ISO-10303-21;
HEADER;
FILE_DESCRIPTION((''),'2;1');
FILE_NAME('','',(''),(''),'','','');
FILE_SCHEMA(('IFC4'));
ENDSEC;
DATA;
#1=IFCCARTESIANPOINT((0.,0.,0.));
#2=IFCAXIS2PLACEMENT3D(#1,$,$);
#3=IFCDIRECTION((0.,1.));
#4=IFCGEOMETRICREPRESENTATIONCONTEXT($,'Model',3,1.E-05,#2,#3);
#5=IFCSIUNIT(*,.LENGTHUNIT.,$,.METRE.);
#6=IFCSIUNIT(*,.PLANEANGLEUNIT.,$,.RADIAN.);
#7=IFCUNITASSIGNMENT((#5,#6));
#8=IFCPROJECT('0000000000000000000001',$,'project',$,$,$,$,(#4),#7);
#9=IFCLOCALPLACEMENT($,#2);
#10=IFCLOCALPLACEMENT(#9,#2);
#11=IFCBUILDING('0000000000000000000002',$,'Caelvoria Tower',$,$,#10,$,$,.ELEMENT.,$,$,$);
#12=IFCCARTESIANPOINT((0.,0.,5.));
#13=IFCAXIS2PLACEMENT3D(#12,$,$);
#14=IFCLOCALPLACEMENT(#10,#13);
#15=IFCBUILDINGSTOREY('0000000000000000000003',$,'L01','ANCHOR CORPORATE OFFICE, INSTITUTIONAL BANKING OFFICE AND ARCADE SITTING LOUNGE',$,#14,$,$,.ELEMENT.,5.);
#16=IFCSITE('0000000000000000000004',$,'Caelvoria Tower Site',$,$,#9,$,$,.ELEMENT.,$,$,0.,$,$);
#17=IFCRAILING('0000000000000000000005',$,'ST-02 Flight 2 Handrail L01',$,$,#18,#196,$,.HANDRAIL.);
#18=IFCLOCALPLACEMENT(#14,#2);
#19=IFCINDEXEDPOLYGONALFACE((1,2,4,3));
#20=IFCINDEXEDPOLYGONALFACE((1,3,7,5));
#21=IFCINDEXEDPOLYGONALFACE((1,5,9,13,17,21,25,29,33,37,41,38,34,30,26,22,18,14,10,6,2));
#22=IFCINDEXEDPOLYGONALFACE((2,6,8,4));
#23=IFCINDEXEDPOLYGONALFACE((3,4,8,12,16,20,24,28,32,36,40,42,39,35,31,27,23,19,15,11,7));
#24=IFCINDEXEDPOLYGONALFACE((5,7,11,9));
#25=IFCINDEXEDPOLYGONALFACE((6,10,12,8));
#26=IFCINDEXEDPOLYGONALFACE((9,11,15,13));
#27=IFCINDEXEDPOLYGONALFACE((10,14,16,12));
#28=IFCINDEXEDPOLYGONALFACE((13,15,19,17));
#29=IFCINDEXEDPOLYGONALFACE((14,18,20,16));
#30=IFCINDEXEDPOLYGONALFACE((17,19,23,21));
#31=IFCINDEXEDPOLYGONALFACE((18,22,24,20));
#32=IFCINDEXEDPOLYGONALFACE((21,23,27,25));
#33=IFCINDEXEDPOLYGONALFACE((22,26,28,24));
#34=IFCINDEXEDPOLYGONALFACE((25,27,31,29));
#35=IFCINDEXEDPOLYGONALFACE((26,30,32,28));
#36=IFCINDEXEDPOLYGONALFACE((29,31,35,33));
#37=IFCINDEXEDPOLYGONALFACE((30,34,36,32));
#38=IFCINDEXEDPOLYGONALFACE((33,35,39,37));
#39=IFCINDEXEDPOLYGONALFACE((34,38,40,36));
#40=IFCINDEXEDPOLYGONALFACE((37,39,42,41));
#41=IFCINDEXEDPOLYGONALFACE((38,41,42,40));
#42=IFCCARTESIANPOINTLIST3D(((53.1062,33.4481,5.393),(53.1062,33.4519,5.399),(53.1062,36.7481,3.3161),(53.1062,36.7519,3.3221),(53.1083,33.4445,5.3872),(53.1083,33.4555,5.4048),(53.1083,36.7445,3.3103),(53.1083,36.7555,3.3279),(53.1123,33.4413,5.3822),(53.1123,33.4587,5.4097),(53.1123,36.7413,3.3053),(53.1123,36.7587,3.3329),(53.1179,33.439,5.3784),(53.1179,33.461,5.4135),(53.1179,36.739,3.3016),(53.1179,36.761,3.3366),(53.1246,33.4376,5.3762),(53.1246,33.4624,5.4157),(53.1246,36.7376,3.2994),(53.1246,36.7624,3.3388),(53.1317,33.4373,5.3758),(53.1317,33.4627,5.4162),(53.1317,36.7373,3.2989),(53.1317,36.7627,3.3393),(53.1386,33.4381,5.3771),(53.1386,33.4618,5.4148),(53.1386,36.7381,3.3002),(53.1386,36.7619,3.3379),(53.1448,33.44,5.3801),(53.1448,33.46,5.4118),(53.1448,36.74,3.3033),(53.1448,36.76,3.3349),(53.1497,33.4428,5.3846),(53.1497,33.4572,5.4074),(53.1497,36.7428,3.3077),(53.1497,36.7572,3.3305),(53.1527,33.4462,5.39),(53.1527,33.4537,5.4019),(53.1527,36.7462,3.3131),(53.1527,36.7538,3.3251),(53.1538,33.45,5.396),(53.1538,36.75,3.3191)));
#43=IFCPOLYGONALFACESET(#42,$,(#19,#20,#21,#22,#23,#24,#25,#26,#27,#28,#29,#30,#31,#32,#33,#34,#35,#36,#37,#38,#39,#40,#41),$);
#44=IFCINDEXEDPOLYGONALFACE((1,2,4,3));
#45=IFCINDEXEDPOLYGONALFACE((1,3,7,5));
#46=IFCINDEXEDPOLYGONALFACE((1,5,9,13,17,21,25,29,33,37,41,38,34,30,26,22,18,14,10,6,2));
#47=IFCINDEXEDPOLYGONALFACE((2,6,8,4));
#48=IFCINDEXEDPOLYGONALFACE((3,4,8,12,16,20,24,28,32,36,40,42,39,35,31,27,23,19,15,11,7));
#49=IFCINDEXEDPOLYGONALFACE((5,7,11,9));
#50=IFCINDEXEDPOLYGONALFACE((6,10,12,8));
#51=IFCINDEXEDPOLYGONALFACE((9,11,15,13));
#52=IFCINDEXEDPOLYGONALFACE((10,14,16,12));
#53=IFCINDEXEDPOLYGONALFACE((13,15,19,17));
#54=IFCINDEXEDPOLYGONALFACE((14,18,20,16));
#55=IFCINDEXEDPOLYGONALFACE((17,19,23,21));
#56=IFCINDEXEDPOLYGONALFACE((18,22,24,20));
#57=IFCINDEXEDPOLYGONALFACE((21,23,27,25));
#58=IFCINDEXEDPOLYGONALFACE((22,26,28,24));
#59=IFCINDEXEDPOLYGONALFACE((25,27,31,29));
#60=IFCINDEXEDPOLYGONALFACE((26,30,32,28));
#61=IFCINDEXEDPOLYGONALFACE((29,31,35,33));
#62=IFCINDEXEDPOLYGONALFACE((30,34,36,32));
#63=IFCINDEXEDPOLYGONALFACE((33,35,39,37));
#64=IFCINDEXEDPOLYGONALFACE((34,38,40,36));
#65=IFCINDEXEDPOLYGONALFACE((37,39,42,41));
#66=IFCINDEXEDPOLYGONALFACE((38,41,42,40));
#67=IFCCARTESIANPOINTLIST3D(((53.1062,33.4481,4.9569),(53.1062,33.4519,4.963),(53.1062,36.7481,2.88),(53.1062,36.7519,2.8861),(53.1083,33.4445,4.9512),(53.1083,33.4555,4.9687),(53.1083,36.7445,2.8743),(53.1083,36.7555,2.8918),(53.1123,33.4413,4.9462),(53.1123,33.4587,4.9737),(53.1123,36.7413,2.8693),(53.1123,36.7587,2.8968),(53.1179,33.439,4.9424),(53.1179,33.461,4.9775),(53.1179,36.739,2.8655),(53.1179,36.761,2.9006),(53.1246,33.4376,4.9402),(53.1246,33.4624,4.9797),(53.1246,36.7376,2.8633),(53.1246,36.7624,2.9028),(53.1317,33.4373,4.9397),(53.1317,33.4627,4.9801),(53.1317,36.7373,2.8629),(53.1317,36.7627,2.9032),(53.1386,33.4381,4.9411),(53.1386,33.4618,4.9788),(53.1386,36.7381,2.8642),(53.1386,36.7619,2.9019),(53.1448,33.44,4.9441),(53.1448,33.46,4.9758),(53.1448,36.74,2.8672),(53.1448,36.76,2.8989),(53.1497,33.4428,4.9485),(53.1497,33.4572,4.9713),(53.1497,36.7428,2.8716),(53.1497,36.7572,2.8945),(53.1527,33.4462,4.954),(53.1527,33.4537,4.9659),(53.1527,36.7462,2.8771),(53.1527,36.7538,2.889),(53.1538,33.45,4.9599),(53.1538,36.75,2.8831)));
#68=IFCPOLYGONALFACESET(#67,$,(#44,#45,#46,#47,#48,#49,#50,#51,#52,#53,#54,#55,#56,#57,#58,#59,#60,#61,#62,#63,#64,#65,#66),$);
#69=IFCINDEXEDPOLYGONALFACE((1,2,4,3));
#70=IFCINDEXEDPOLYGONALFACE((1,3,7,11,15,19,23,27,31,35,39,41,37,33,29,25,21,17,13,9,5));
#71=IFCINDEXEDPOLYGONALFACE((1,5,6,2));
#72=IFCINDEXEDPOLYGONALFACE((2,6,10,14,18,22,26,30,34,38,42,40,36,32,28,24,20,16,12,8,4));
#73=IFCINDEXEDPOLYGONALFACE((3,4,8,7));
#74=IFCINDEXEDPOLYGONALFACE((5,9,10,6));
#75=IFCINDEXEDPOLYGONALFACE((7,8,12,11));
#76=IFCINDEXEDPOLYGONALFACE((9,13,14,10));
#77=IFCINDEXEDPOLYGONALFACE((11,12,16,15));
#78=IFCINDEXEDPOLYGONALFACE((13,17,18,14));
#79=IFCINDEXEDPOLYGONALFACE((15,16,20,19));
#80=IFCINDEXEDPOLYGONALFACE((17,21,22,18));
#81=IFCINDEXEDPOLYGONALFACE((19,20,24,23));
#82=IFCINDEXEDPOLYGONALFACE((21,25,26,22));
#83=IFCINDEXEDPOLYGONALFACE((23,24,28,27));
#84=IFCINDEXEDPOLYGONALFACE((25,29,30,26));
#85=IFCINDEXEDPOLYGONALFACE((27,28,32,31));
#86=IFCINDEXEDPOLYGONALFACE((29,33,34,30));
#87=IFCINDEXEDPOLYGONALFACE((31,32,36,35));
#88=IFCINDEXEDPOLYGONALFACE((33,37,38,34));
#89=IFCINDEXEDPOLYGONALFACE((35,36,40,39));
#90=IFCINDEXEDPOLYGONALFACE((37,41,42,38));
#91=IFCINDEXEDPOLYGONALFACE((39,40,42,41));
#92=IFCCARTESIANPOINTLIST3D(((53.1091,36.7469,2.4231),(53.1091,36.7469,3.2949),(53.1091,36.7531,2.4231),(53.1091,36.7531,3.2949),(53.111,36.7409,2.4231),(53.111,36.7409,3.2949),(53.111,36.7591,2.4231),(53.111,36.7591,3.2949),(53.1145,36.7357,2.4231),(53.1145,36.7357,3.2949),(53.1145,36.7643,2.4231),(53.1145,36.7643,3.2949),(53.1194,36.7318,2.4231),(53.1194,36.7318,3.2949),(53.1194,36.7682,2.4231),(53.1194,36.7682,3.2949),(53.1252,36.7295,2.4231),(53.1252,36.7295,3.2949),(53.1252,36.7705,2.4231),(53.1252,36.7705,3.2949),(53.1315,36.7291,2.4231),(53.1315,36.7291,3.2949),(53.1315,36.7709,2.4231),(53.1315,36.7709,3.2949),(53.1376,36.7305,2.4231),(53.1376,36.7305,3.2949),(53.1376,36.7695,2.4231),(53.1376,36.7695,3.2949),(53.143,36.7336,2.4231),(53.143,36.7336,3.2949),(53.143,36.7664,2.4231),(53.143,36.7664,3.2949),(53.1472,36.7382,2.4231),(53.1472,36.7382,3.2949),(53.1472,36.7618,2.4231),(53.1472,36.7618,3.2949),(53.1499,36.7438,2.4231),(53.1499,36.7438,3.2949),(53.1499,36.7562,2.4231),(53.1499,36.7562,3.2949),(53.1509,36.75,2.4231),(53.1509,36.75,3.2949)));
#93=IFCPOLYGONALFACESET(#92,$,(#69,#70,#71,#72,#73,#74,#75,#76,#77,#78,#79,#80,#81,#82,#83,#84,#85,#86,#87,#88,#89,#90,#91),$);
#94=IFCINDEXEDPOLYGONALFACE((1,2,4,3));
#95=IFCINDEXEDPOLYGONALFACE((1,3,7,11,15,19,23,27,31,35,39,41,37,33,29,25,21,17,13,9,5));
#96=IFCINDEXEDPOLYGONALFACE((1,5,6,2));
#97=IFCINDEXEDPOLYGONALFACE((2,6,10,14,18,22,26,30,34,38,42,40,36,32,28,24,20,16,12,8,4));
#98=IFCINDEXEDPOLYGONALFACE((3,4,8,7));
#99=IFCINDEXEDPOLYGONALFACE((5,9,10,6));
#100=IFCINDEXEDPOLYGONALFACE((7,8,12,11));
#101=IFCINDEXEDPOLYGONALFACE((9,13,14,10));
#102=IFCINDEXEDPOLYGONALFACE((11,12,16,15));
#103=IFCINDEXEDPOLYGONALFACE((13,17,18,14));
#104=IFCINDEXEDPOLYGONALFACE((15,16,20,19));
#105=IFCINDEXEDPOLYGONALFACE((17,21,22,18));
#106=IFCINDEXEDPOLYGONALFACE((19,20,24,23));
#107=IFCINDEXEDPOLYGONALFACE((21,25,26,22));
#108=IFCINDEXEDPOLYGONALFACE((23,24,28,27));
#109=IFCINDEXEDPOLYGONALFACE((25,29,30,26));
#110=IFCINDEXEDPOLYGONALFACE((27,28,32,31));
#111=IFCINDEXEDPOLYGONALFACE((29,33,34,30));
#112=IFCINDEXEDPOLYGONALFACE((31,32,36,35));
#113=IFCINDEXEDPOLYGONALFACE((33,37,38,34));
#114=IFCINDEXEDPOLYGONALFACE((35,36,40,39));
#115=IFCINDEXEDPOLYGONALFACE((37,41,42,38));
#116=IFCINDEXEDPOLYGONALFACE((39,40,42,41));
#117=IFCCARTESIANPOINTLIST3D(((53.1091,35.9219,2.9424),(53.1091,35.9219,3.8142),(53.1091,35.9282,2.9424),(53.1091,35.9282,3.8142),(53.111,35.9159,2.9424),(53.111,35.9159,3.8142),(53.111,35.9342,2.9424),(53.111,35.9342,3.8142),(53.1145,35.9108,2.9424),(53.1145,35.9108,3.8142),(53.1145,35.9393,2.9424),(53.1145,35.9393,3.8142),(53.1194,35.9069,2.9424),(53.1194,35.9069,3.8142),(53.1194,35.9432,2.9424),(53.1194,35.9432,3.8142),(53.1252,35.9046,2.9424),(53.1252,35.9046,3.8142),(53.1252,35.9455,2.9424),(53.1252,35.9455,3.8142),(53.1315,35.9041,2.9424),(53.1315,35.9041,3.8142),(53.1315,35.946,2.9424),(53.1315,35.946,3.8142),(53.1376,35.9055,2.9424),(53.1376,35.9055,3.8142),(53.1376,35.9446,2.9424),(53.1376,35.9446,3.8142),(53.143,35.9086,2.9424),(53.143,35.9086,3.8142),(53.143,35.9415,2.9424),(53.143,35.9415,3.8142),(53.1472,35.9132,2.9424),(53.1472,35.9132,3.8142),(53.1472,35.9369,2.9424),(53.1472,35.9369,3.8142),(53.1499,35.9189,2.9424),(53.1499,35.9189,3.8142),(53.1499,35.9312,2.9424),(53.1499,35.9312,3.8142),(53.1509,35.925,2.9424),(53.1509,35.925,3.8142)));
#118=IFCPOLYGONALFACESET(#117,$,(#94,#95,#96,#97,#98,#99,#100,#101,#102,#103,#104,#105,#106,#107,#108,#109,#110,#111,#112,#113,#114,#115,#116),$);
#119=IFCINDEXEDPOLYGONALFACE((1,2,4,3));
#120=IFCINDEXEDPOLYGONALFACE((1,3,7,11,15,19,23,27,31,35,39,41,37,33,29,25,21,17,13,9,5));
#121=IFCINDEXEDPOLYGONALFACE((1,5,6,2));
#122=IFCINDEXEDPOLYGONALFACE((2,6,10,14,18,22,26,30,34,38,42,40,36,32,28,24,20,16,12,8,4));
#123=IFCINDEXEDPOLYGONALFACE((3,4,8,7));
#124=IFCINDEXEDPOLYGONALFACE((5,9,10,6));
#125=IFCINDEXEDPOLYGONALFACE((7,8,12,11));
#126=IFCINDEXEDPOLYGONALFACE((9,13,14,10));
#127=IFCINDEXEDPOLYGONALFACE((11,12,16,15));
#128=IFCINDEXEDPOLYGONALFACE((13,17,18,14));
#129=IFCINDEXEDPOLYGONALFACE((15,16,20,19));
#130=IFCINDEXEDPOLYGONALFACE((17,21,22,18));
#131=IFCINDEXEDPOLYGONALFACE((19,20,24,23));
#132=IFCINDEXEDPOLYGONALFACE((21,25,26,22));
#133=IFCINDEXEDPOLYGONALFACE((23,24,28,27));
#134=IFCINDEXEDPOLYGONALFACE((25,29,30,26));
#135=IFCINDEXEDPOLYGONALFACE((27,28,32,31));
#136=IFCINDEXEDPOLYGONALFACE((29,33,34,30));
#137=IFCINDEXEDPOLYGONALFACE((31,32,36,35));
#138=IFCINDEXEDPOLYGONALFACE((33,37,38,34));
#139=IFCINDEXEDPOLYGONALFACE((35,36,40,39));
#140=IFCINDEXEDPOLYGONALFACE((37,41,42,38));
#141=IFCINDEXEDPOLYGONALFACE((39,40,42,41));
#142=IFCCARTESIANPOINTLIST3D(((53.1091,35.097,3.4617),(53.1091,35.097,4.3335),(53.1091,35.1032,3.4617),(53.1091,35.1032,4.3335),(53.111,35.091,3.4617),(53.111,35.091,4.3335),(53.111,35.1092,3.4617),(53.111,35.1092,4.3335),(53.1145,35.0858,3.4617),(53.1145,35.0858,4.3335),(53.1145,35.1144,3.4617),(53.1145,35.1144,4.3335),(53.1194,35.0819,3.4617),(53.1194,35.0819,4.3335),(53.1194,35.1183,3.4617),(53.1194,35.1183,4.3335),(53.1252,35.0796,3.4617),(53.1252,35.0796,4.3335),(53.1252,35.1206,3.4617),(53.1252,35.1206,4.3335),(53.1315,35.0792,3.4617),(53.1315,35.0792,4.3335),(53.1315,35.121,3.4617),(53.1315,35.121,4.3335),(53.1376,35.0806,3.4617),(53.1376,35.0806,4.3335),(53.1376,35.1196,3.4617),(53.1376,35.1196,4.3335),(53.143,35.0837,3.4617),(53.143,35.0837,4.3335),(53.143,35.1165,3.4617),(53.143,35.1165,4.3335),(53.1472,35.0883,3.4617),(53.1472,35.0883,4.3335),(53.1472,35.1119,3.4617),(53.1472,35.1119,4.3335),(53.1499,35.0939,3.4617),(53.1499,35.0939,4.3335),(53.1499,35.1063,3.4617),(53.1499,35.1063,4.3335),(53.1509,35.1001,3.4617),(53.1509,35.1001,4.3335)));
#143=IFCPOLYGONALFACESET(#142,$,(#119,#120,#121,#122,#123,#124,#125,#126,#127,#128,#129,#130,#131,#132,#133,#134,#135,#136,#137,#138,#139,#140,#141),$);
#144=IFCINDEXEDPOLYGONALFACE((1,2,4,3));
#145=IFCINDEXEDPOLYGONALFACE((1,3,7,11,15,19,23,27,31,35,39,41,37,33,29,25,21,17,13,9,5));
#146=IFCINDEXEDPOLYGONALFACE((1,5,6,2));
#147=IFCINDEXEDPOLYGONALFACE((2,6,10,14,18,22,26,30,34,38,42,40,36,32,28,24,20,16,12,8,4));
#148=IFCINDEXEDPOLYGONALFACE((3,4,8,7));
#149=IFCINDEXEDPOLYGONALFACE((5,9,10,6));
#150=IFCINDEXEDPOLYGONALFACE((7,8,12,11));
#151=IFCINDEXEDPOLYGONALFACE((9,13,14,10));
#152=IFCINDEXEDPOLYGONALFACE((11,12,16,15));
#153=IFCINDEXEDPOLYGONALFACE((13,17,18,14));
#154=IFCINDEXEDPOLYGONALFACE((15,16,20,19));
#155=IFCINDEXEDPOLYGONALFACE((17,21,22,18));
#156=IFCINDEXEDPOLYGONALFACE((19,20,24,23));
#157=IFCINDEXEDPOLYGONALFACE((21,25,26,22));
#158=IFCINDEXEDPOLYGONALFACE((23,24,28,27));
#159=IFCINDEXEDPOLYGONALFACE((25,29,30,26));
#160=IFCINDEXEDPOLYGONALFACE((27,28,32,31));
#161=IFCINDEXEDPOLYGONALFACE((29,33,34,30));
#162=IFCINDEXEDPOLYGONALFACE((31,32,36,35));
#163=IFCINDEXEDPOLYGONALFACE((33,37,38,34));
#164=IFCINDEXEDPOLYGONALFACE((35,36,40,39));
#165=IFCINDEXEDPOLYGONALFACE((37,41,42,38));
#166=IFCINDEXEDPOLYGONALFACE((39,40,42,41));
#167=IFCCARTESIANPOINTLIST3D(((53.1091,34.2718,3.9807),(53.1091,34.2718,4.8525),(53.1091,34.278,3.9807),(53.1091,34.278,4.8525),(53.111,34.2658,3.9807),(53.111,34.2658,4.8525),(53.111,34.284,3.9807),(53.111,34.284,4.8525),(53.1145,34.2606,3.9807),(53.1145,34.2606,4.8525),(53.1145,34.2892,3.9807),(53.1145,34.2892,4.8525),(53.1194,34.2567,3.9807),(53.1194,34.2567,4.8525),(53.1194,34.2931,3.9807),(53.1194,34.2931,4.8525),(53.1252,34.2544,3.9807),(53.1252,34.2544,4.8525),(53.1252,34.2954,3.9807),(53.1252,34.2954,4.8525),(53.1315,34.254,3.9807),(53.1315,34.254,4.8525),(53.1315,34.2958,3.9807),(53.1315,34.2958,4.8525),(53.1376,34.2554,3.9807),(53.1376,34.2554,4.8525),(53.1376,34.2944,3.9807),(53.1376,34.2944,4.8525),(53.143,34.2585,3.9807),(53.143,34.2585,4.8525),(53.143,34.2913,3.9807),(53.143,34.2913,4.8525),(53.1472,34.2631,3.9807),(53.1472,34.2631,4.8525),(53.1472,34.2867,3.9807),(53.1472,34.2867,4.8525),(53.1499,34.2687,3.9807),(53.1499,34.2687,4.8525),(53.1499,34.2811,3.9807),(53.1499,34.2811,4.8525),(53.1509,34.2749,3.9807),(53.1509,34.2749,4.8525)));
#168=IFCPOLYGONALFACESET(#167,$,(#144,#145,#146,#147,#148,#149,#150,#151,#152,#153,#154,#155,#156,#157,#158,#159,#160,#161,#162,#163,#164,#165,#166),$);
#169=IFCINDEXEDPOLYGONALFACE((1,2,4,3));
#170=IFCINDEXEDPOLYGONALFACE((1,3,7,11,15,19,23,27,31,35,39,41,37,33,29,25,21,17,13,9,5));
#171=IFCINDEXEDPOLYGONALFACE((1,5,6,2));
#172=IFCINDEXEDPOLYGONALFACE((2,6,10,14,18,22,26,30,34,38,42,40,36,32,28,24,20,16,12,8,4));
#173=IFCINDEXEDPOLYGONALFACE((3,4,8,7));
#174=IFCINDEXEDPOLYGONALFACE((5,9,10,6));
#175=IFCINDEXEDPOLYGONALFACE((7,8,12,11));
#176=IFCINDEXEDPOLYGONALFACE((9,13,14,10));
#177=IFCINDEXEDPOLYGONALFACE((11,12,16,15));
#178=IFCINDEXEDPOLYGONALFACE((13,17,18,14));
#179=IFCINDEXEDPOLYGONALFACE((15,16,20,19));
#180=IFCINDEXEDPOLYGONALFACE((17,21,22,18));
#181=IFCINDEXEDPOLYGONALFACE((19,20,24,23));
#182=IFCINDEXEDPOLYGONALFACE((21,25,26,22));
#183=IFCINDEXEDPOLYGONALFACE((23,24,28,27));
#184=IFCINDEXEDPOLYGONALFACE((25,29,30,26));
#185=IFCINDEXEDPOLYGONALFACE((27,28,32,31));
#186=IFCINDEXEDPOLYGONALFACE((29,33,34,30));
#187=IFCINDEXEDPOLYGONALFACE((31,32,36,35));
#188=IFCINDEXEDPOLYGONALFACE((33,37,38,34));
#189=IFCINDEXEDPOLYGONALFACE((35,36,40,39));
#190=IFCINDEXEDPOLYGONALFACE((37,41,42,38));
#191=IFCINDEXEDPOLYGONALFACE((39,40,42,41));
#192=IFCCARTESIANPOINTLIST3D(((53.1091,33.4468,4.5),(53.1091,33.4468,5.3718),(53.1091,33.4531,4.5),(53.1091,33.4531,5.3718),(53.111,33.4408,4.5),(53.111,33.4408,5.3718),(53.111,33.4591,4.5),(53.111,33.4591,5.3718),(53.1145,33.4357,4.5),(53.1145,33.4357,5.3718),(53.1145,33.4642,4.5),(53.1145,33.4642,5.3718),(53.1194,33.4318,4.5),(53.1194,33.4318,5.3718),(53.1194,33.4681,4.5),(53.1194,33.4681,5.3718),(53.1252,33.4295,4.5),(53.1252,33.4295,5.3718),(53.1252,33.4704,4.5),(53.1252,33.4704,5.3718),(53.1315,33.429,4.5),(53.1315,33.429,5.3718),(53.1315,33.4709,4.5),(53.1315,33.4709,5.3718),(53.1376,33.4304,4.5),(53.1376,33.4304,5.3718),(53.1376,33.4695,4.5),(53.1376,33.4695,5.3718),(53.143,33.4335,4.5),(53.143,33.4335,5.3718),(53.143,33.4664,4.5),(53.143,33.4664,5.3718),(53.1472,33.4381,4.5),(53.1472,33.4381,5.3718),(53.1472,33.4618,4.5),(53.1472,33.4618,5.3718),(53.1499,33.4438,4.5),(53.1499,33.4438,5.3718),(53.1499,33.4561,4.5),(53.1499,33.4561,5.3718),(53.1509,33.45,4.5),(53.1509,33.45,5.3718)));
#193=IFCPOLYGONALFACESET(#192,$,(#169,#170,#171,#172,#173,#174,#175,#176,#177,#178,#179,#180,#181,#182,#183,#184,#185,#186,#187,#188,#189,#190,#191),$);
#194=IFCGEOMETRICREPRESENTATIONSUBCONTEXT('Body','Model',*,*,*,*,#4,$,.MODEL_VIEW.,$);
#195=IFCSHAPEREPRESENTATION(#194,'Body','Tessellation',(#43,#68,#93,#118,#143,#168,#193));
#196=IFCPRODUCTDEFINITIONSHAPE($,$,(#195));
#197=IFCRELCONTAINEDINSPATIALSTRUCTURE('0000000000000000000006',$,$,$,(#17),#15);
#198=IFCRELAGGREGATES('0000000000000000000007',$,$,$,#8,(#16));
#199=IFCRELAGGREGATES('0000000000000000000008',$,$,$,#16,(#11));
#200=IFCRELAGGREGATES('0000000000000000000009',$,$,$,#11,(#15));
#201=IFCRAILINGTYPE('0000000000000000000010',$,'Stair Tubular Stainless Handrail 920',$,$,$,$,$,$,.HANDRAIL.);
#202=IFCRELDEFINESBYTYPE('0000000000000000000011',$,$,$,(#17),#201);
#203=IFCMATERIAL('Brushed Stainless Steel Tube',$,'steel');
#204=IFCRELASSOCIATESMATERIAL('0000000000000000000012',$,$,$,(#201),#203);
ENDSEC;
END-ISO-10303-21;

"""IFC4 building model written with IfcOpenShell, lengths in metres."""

from ifc_helpers import new_model, si_unit, direction, frame, origin, origin_2d, place, context, subcontext, project, spatial, circle, extrude, material, type_object, element, save


model = new_model("IFC4")

# Units and contexts
model_context = context("Model", 3, precision=1e-05, world=origin(), true_north=direction((0.0, 1.0)))
body_context = subcontext(model_context, "Body", "Model", "MODEL_VIEW")
ifc_project = project(units=[si_unit("LENGTHUNIT", "METRE"), si_unit("PLANEANGLEUNIT", "RADIAN")], contexts=[model_context])

# Site, building, storey
site_placement = place(None, origin())
site = spatial("IfcSite", under=ifc_project, at=site_placement, Name="Caelvoria Tower Site", CompositionType="ELEMENT", RefElevation=0.0)
building_placement = place(site_placement, origin())
building = spatial("IfcBuilding", under=site, at=building_placement, Name="Caelvoria Tower", CompositionType="ELEMENT")
storey_placement = place(building_placement, frame((0.0, 0.0, 5.0)))
storey = spatial("IfcBuildingStorey", under=building, at=storey_placement, Name="L01", Description="ANCHOR CORPORATE OFFICE, INSTITUTIONAL BANKING OFFICE AND ARCADE SITTING LOUNGE", CompositionType="ELEMENT", Elevation=5.0)

# Railing
ifc_material_1 = material(Name="Brushed Stainless Steel Tube", Category="steel")
railing_type_1 = type_object("IfcRailingType", Name="Stair Tubular Stainless Handrail 920", PredefinedType="HANDRAIL", material=ifc_material_1)
railing_1_placement = place(storey_placement, frame((53.1299, 36.75, 2.4231)))
element("IfcRailing", 1, at=railing_1_placement, inside=storey, type_object=railing_type_1, Name="ST-02 Flight 2 Handrail L01", PredefinedType="HANDRAIL", context=body_context, shape_type="SweptSolid", body=[
    extrude(circle(Radius=0.0239, at=origin_2d()), frame((0.0, 0.0, 0.896), z_axis=(0.0, -0.846337, 0.532647), x_axis=(1.0, 0.0, 0.0)), (0.0, 0.0, 1.0), 3.8992),
    extrude(circle(Radius=0.0239, at=origin_2d()), frame((0.0, 0.0, 0.46), z_axis=(0.0, -0.846337, 0.532647), x_axis=(1.0, 0.0, 0.0)), (0.0, 0.0, 1.0), 3.8992),
    extrude(circle(Radius=0.021, at=origin_2d()), origin(), (0.0, 0.0, 1.0), 0.8718),
    extrude(circle(Radius=0.021, at=origin_2d()), frame((0.0, -0.825, 0.5193)), (0.0, 0.0, 1.0), 0.8718),
    extrude(circle(Radius=0.021, at=origin_2d()), frame((0.0, -1.6499, 1.0386)), (0.0, 0.0, 1.0), 0.8718),
    extrude(circle(Radius=0.021, at=origin_2d()), frame((0.0, -2.4751, 1.5576)), (0.0, 0.0, 1.0), 0.8718),
    extrude(circle(Radius=0.021, at=origin_2d()), frame((0.0, -3.3, 2.0769)), (0.0, 0.0, 1.0), 0.8718),
])

save(model, "model.ifc")
